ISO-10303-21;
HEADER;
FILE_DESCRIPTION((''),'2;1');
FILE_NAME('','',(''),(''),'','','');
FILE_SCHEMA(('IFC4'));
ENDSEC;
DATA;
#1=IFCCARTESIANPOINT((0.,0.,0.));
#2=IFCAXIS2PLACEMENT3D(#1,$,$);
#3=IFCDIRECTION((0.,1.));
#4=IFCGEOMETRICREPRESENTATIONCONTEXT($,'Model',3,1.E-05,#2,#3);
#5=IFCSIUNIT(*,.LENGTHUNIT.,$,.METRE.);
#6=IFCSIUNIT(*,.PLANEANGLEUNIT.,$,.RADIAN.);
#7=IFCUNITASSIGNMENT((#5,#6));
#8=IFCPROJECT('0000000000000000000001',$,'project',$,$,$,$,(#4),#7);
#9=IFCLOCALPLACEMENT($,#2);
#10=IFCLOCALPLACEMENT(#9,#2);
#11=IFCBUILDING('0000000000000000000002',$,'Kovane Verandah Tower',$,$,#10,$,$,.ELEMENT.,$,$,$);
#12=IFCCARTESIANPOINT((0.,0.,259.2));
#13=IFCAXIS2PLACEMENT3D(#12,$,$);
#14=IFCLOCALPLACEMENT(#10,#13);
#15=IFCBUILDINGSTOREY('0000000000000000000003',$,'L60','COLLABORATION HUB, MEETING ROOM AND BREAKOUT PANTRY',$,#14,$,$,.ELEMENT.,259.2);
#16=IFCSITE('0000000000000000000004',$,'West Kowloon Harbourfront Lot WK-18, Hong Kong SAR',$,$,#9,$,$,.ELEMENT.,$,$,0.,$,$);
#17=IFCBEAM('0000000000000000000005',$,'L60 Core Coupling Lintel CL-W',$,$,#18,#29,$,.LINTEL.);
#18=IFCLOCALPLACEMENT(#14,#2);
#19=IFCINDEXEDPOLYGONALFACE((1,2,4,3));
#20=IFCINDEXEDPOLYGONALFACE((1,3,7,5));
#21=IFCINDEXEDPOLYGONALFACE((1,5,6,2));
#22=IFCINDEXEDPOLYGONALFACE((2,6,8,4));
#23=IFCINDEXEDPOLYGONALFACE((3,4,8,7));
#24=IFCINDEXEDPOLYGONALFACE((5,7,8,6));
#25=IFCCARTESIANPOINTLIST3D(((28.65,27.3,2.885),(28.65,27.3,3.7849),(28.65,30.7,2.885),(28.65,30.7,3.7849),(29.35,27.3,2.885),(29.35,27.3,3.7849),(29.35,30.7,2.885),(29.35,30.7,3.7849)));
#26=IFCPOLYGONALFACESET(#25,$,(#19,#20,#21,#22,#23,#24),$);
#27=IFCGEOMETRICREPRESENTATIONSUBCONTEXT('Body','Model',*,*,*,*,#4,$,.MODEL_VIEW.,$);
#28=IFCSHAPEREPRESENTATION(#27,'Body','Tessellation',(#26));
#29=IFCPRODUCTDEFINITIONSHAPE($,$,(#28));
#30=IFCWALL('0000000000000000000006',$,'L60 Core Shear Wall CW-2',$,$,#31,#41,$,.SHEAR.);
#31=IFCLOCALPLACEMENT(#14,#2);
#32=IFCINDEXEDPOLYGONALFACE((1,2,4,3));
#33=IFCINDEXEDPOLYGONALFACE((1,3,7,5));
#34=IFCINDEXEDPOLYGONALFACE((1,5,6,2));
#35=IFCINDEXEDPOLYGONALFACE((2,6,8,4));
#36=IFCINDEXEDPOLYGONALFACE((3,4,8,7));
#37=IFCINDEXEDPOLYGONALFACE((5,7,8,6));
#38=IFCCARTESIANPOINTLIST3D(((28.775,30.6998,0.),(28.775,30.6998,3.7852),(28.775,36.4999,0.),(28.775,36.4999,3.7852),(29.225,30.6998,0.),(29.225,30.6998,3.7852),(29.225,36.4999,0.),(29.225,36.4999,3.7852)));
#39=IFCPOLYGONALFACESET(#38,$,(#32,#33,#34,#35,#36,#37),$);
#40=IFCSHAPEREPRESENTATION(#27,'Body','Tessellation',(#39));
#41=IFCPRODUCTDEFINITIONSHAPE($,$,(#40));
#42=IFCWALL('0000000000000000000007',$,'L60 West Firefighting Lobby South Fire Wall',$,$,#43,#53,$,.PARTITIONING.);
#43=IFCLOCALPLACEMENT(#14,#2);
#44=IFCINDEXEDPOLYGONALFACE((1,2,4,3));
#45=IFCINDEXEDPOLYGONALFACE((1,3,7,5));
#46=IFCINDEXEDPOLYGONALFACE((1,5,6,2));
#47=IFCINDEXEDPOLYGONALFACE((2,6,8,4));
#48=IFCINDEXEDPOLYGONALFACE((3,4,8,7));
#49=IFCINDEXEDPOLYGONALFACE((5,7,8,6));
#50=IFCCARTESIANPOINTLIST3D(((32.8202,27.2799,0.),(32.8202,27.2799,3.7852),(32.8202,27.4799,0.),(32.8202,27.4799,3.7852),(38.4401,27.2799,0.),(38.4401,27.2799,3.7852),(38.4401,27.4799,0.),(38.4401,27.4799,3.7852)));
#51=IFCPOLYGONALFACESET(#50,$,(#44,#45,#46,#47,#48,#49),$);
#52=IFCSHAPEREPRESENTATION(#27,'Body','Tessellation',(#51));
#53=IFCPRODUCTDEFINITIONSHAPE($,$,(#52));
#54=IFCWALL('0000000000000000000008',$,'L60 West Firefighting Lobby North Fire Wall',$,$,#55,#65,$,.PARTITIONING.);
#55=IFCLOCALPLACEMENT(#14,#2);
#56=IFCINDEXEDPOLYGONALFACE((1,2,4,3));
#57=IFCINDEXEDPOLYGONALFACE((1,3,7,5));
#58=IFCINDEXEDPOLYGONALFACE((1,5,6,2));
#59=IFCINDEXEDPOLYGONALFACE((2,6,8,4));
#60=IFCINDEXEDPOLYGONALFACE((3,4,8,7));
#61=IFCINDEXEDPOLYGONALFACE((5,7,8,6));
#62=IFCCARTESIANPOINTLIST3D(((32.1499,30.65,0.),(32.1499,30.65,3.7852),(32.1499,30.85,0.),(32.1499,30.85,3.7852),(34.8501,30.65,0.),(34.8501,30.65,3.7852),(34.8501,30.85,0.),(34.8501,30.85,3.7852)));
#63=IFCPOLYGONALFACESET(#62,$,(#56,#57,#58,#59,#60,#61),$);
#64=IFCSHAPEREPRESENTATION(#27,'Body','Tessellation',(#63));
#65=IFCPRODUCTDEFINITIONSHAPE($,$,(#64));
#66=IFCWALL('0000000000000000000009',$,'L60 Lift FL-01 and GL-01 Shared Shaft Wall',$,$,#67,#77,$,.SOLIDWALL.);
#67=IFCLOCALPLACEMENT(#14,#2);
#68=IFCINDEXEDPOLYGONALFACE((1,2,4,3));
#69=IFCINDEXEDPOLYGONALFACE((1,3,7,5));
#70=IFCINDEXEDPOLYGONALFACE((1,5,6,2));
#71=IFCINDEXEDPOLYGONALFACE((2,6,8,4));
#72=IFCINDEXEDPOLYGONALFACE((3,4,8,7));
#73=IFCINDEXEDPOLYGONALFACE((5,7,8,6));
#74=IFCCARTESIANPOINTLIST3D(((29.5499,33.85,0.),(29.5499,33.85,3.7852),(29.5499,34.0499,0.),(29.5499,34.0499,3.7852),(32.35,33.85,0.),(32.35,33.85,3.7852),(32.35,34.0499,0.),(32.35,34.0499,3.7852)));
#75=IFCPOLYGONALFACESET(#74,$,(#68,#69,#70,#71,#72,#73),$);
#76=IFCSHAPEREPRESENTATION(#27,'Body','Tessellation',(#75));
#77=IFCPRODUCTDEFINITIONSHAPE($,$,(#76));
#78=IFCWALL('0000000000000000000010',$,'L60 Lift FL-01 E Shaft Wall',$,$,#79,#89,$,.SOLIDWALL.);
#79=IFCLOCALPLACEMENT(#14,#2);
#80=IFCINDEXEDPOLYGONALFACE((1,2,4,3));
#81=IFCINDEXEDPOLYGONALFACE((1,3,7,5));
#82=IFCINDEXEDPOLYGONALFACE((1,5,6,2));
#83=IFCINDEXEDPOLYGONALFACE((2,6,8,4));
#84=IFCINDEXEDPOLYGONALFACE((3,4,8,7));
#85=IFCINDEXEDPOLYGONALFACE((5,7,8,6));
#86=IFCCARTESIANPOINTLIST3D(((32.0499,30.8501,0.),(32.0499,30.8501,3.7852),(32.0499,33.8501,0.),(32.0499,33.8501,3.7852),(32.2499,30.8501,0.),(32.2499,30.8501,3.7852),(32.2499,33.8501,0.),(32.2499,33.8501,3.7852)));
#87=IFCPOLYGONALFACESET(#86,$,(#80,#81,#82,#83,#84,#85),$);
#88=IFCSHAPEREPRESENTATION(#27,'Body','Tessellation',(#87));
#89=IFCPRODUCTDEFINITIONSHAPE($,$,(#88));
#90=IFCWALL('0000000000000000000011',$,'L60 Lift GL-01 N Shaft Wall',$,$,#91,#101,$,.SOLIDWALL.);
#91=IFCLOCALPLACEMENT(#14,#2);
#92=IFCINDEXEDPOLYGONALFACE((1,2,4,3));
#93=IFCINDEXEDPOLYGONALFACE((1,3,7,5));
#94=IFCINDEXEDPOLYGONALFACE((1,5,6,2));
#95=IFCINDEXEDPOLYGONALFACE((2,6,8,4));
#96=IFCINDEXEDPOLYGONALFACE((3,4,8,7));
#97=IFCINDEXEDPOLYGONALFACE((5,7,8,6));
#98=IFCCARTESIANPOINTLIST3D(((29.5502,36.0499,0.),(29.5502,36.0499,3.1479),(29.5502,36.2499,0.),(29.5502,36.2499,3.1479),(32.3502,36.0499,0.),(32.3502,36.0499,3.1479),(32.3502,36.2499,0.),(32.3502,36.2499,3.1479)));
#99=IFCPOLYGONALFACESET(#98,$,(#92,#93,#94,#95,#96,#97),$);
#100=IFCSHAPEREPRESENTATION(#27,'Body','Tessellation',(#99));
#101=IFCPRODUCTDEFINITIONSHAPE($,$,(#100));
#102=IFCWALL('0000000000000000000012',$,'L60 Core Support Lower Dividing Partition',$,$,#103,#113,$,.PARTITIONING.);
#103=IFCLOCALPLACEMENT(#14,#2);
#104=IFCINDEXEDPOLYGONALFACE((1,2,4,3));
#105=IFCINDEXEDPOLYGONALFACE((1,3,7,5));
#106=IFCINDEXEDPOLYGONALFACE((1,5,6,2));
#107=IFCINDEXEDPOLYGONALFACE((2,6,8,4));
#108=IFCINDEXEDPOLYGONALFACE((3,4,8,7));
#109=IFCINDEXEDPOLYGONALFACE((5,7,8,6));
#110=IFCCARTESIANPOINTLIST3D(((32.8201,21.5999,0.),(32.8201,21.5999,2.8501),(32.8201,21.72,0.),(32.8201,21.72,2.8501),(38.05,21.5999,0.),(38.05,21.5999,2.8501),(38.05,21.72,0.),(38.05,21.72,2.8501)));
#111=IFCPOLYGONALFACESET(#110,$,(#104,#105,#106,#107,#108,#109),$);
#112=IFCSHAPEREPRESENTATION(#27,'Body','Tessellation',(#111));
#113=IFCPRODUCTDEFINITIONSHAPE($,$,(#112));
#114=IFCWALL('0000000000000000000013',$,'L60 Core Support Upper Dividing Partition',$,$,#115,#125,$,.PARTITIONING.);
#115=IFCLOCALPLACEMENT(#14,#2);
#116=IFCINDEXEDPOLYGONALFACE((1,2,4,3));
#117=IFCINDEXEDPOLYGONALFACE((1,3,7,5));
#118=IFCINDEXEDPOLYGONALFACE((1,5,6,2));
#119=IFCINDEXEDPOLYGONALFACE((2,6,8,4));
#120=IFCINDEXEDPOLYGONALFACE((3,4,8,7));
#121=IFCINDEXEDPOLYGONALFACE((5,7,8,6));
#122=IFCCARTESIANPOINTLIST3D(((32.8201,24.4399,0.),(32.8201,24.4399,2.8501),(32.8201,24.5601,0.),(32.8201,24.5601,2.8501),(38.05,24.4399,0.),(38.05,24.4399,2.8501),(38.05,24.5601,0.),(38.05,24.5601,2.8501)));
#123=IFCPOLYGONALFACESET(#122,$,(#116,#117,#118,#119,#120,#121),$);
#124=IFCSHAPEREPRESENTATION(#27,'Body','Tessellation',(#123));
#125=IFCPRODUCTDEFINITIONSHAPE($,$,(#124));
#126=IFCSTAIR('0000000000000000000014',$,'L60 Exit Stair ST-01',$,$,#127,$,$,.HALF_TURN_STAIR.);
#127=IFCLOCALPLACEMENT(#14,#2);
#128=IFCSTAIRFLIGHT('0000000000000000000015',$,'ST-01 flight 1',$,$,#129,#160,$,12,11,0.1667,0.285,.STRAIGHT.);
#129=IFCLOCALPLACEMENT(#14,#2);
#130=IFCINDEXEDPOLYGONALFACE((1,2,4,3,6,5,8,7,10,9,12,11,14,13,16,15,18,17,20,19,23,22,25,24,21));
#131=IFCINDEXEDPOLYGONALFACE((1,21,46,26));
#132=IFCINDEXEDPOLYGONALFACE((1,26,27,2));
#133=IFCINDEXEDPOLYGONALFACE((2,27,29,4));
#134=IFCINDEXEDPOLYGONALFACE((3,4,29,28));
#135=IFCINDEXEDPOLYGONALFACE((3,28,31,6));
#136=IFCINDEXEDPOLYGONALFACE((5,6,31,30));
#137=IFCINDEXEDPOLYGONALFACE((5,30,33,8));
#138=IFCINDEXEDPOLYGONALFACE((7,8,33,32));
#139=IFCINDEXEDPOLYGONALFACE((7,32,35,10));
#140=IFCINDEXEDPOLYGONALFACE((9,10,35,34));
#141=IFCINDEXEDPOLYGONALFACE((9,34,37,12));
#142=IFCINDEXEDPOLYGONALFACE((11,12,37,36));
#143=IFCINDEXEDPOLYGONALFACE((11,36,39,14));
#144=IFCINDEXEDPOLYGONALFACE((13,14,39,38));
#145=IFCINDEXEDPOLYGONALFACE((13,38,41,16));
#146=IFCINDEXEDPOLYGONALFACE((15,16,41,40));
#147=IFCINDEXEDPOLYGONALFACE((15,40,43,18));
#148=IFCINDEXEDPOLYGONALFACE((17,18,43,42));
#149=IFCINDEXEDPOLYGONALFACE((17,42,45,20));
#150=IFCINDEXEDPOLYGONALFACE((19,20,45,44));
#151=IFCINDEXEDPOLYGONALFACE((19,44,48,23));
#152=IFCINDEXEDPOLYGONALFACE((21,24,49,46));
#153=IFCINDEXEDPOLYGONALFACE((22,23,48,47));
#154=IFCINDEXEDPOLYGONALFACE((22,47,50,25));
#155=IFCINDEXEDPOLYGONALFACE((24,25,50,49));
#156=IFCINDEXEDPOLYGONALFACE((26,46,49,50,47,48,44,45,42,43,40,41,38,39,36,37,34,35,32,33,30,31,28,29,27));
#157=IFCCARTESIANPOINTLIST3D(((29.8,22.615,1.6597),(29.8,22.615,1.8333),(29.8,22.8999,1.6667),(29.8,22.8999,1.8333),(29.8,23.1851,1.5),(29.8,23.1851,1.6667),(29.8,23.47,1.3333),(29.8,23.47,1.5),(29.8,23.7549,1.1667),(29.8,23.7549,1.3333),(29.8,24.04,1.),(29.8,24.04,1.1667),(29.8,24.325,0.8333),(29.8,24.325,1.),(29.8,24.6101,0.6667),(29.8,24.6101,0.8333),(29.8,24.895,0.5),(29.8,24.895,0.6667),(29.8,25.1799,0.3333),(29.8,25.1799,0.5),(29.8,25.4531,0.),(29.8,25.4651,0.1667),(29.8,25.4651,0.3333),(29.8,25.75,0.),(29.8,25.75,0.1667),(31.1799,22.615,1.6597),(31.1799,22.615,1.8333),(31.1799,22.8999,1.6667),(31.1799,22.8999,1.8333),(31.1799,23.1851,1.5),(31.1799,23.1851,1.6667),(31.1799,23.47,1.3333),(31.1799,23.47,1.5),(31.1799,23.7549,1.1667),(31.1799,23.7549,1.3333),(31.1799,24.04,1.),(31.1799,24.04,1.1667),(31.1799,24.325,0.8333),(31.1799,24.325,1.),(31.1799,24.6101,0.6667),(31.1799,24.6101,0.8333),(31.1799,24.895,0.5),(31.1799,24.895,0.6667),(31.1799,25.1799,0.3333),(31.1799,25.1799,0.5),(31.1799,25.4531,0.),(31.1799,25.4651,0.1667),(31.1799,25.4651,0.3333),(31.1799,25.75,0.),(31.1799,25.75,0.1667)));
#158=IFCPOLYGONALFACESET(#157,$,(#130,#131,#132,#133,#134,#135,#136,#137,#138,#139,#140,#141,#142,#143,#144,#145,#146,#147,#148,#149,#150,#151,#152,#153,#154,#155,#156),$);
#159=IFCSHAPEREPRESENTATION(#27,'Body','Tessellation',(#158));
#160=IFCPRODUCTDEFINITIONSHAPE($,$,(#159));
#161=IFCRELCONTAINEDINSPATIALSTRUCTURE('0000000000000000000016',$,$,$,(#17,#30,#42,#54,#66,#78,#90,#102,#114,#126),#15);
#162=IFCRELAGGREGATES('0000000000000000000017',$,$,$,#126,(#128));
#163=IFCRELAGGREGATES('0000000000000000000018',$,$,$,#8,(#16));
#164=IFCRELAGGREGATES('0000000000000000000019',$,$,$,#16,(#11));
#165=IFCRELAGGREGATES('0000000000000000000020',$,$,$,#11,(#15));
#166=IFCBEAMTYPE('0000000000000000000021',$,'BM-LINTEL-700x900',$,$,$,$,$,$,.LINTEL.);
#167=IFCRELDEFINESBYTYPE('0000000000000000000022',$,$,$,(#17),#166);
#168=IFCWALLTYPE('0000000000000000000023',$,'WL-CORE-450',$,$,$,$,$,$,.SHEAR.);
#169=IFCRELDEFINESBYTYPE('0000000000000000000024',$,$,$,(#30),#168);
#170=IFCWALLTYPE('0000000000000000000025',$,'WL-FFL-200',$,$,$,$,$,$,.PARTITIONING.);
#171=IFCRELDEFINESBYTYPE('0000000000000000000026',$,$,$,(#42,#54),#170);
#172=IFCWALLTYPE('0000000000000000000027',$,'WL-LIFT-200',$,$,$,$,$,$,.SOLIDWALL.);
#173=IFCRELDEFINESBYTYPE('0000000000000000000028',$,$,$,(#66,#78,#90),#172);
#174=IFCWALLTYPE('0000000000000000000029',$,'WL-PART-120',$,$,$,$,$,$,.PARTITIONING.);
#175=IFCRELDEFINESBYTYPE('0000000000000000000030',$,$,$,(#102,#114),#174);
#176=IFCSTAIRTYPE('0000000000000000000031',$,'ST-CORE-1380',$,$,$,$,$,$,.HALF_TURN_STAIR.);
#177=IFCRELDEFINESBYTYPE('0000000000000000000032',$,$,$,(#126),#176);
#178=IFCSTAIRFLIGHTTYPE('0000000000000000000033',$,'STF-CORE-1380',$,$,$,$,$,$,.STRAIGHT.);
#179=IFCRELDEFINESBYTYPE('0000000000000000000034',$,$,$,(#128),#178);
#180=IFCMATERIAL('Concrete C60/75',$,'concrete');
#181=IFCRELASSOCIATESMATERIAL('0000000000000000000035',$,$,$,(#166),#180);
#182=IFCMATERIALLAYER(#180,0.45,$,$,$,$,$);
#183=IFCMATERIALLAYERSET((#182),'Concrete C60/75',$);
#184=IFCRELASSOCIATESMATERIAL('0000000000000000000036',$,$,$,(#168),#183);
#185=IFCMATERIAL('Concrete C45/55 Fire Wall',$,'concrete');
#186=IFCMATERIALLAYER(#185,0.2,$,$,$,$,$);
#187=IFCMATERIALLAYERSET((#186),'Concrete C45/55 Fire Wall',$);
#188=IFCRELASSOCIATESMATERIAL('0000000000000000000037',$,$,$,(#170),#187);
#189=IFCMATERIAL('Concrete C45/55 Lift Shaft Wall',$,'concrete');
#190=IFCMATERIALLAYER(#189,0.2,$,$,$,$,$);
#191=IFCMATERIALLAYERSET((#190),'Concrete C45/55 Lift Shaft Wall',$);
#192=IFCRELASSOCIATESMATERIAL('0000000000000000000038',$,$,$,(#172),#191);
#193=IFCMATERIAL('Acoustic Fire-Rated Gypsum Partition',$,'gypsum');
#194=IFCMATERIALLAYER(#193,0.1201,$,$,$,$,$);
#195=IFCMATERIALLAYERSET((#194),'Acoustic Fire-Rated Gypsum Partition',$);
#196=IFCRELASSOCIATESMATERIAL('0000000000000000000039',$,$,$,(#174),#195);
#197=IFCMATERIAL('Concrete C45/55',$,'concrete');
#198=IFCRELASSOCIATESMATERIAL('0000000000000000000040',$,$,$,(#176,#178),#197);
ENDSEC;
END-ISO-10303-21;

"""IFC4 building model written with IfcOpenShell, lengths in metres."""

from ifc_helpers import new_model, si_unit, direction, frame, frame_2d, origin, origin_2d, place, context, subcontext, project, spatial, polyline, rectangle, outline, extrude, material, layer, layer_set, material_profile, profile_set, type_object, element, aggregate, save


model = new_model("IFC4")

# Units and contexts
model_context = context("Model", 3, precision=1e-05, world=origin(), true_north=direction((0.0, 1.0)))
body_context = subcontext(model_context, "Body", "Model", "MODEL_VIEW")
ifc_project = project(units=[si_unit("LENGTHUNIT", "METRE"), si_unit("PLANEANGLEUNIT", "RADIAN")], contexts=[model_context])

# Site, building, storey
site_placement = place(None, origin())
site = spatial("IfcSite", under=ifc_project, at=site_placement, Name="West Kowloon Harbourfront Lot WK-18, Hong Kong SAR", CompositionType="ELEMENT", RefElevation=0.0)
building_placement = place(site_placement, origin())
building = spatial("IfcBuilding", under=site, at=building_placement, Name="Kovane Verandah Tower", CompositionType="ELEMENT")
storey_placement = place(building_placement, frame((0.0, 0.0, 259.2)))
storey = spatial("IfcBuildingStorey", under=building, at=storey_placement, Name="L60", Description="COLLABORATION HUB, MEETING ROOM AND BREAKOUT PANTRY", CompositionType="ELEMENT", Elevation=259.2)

# Beam
ifc_material_1 = material(Name="Concrete C60/75", Category="concrete")
ifc_material_profile = material_profile(ifc_material_1, rectangle(XDim=0.7, YDim=0.8999, at=origin_2d()), Name="RCB700x900")
ifc_profile_set = profile_set([ifc_material_profile], Name="Concrete C60/75")
beam_type = type_object("IfcBeamType", Name="BM-LINTEL-700x900", PredefinedType="LINTEL", material=ifc_profile_set)
beam_placement = place(storey_placement, frame((29.0, 27.3, 3.335), z_axis=(0.0, 1.0, 0.0), x_axis=(-1.0, 0.0, 0.0)))
element("IfcBeam", 1, at=beam_placement, inside=storey, type_object=beam_type, Name="L60 Core Coupling Lintel CL-W", PredefinedType="LINTEL", context=body_context, shape_type="SweptSolid", body=[
    extrude(rectangle(XDim=0.7, YDim=0.8999, at=origin_2d()), origin(), (0.0, 0.0, 1.0), 3.3999),
])

# Wall
ifc_layer_1 = layer(ifc_material_1, 0.45)
ifc_layer_set_1 = layer_set([ifc_layer_1], Name="Concrete C60/75")
wall_type_1 = type_object("IfcWallType", Name="WL-CORE-450", PredefinedType="SHEAR", material=ifc_layer_set_1)
wall_1_placement = place(storey_placement, frame((29.0, 30.7, 0.0), z_axis=(0.0, 0.0, 1.0), x_axis=(0.0, 1.0, 0.0)))
element("IfcWall", 2, at=wall_1_placement, inside=storey, type_object=wall_type_1, Name="L60 Core Shear Wall CW-2", PredefinedType="SHEAR", context=body_context, shape_type="SweptSolid", body=[
    extrude(rectangle(XDim=5.8, YDim=0.45, at=frame_2d((2.8999, 0.0))), origin(), (0.0, 0.0, 1.0), 3.7852),
])

# Shared definitions
ifc_material_2 = material(Name="Concrete C45/55 Fire Wall", Category="concrete")
ifc_layer_2 = layer(ifc_material_2, 0.2)
ifc_layer_set_2 = layer_set([ifc_layer_2], Name="Concrete C45/55 Fire Wall")
wall_type_2 = type_object("IfcWallType", Name="WL-FFL-200", PredefinedType="PARTITIONING", material=ifc_layer_set_2)

# Walls
wall_2_placement = place(storey_placement, frame((32.8201, 27.3799, 0.0), z_axis=(0.0, 0.0, 1.0), x_axis=(1.0, 0.0, 0.0)))
element("IfcWall", 3, at=wall_2_placement, inside=storey, type_object=wall_type_2, Name="L60 West Firefighting Lobby South Fire Wall", PredefinedType="PARTITIONING", context=body_context, shape_type="SweptSolid", body=[
    extrude(rectangle(XDim=5.6199, YDim=0.2, at=frame_2d((2.8101, 0.0))), origin(), (0.0, 0.0, 1.0), 3.7852),
])
wall_3_placement = place(storey_placement, frame((32.1499, 30.75, 0.0), z_axis=(0.0, 0.0, 1.0), x_axis=(1.0, 0.0, 0.0)))
element("IfcWall", 4, at=wall_3_placement, inside=storey, type_object=wall_type_2, Name="L60 West Firefighting Lobby North Fire Wall", PredefinedType="PARTITIONING", context=body_context, shape_type="SweptSolid", body=[
    extrude(rectangle(XDim=2.7002, YDim=0.2, at=frame_2d((1.3501, 0.0))), origin(), (0.0, 0.0, 1.0), 3.7852),
])

# Shared definitions
ifc_material_3 = material(Name="Concrete C45/55 Lift Shaft Wall", Category="concrete")
ifc_layer_3 = layer(ifc_material_3, 0.2)
ifc_layer_set_3 = layer_set([ifc_layer_3], Name="Concrete C45/55 Lift Shaft Wall")
wall_type_3 = type_object("IfcWallType", Name="WL-LIFT-200", PredefinedType="SOLIDWALL", material=ifc_layer_set_3)

# Walls
wall_4_placement = place(storey_placement, frame((29.55, 33.95, 0.0), z_axis=(0.0, 0.0, 1.0), x_axis=(1.0, 0.0, 0.0)))
element("IfcWall", 5, at=wall_4_placement, inside=storey, type_object=wall_type_3, Name="L60 Lift FL-01 and GL-01 Shared Shaft Wall", PredefinedType="SOLIDWALL", context=body_context, shape_type="SweptSolid", body=[
    extrude(rectangle(XDim=2.8, YDim=0.2, at=frame_2d((1.3999, 0.0))), origin(), (0.0, 0.0, 1.0), 3.7852),
])
wall_5_placement = place(storey_placement, frame((32.1499, 30.8501, 0.0), z_axis=(0.0, 0.0, 1.0), x_axis=(0.0, 1.0, 0.0)))
element("IfcWall", 6, at=wall_5_placement, inside=storey, type_object=wall_type_3, Name="L60 Lift FL-01 E Shaft Wall", PredefinedType="SOLIDWALL", context=body_context, shape_type="SweptSolid", body=[
    extrude(rectangle(XDim=3.0, YDim=0.2, at=frame_2d((1.5, 0.0))), origin(), (0.0, 0.0, 1.0), 3.7852),
])
wall_6_placement = place(storey_placement, frame((32.3501, 36.1499, 0.0), z_axis=(0.0, 0.0, 1.0), x_axis=(-1.0, 0.0, 0.0)))
element("IfcWall", 7, at=wall_6_placement, inside=storey, type_object=wall_type_3, Name="L60 Lift GL-01 N Shaft Wall", PredefinedType="SOLIDWALL", context=body_context, shape_type="SweptSolid", body=[
    extrude(rectangle(XDim=2.8, YDim=0.2, at=frame_2d((1.3999, 0.0))), origin(), (0.0, 0.0, 1.0), 3.1479),
])

# Walls
ifc_material_4 = material(Name="Acoustic Fire-Rated Gypsum Partition", Category="gypsum")
ifc_layer_4 = layer(ifc_material_4, 0.1201)
ifc_layer_set_4 = layer_set([ifc_layer_4], Name="Acoustic Fire-Rated Gypsum Partition")
wall_type_4 = type_object("IfcWallType", Name="WL-PART-120", PredefinedType="PARTITIONING", material=ifc_layer_set_4)
for number, where, z_axis, x_axis, name in (
    (8, (32.8201, 21.6599, 0.0), (0.0, 0.0, 1.0), (1.0, 0.0, 0.0), "L60 Core Support Lower Dividing Partition"),
    (9, (32.8201, 24.5, 0.0), (0.0, 0.0, 1.0), (1.0, 0.0, 0.0), "L60 Core Support Upper Dividing Partition"),
):
    element("IfcWall", number, at=place(storey_placement, frame(where, z_axis=z_axis, x_axis=x_axis)), inside=storey, type_object=wall_type_4, Name=name, PredefinedType="PARTITIONING", context=body_context, shape_type="SweptSolid", body=[
        extrude(rectangle(XDim=5.23, YDim=0.1201, at=frame_2d((2.615, 0.0))), origin(), (0.0, 0.0, 1.0), 2.8501),
    ])

# Shared definitions
ifc_material_5 = material(Name="Concrete C45/55", Category="concrete")

# Stair, stair flight
stair_type = type_object("IfcStairType", Name="ST-CORE-1380", PredefinedType="HALF_TURN_STAIR", material=ifc_material_5)
stair_placement = place(storey_placement, origin())
stair = element("IfcStair", 10, at=stair_placement, inside=storey, type_object=stair_type, Name="L60 Exit Stair ST-01", PredefinedType="HALF_TURN_STAIR")
stair_flight_type = type_object("IfcStairFlightType", Name="STF-CORE-1380", PredefinedType="STRAIGHT", material=ifc_material_5)
stair_flight_1_placement = place(storey_placement, frame((30.49, 25.75, 0.0), z_axis=(0.0, 0.0, 1.0), x_axis=(0.0, -1.0, 0.0)))
stair_flight_1 = element("IfcStairFlight", 11, at=stair_flight_1_placement, type_object=stair_flight_type, Name="ST-01 flight 1", NumberOfRisers=12, NumberOfTreads=11, PredefinedType="STRAIGHT", RiserHeight=0.1667, TreadLength=0.285, context=body_context, shape_type="SweptSolid", body=[
    extrude(outline(polyline([(0.0, 0.0), (0.0, 0.1667), (0.2849, 0.1667), (0.2849, 0.3333), (0.5701, 0.3333), (0.5701, 0.5), (0.855, 0.5), (0.855, 0.6667), (1.1399, 0.6667), (1.1399, 0.8333), (1.425, 0.8333), (1.425, 1.0), (1.71, 1.0), (1.71, 1.1667), (1.9951, 1.1667), (1.9951, 1.3333), (2.28, 1.3333), (2.28, 1.5), (2.5649, 1.5), (2.5649, 1.6667), (2.8501, 1.6667), (2.8501, 1.8333), (3.135, 1.8333), (3.135, 2.0), (3.135, 1.6597), (0.2969, 0.0), (0.0, 0.0)])), frame((0.0, 0.6899, 0.0), z_axis=(0.0, -1.0, 0.0), x_axis=(1.0, 0.0, 0.0)), (0.0, 0.0, 1.0), 1.3799),
])
aggregate(stair, [stair_flight_1])

save(model, "model.ifc")
